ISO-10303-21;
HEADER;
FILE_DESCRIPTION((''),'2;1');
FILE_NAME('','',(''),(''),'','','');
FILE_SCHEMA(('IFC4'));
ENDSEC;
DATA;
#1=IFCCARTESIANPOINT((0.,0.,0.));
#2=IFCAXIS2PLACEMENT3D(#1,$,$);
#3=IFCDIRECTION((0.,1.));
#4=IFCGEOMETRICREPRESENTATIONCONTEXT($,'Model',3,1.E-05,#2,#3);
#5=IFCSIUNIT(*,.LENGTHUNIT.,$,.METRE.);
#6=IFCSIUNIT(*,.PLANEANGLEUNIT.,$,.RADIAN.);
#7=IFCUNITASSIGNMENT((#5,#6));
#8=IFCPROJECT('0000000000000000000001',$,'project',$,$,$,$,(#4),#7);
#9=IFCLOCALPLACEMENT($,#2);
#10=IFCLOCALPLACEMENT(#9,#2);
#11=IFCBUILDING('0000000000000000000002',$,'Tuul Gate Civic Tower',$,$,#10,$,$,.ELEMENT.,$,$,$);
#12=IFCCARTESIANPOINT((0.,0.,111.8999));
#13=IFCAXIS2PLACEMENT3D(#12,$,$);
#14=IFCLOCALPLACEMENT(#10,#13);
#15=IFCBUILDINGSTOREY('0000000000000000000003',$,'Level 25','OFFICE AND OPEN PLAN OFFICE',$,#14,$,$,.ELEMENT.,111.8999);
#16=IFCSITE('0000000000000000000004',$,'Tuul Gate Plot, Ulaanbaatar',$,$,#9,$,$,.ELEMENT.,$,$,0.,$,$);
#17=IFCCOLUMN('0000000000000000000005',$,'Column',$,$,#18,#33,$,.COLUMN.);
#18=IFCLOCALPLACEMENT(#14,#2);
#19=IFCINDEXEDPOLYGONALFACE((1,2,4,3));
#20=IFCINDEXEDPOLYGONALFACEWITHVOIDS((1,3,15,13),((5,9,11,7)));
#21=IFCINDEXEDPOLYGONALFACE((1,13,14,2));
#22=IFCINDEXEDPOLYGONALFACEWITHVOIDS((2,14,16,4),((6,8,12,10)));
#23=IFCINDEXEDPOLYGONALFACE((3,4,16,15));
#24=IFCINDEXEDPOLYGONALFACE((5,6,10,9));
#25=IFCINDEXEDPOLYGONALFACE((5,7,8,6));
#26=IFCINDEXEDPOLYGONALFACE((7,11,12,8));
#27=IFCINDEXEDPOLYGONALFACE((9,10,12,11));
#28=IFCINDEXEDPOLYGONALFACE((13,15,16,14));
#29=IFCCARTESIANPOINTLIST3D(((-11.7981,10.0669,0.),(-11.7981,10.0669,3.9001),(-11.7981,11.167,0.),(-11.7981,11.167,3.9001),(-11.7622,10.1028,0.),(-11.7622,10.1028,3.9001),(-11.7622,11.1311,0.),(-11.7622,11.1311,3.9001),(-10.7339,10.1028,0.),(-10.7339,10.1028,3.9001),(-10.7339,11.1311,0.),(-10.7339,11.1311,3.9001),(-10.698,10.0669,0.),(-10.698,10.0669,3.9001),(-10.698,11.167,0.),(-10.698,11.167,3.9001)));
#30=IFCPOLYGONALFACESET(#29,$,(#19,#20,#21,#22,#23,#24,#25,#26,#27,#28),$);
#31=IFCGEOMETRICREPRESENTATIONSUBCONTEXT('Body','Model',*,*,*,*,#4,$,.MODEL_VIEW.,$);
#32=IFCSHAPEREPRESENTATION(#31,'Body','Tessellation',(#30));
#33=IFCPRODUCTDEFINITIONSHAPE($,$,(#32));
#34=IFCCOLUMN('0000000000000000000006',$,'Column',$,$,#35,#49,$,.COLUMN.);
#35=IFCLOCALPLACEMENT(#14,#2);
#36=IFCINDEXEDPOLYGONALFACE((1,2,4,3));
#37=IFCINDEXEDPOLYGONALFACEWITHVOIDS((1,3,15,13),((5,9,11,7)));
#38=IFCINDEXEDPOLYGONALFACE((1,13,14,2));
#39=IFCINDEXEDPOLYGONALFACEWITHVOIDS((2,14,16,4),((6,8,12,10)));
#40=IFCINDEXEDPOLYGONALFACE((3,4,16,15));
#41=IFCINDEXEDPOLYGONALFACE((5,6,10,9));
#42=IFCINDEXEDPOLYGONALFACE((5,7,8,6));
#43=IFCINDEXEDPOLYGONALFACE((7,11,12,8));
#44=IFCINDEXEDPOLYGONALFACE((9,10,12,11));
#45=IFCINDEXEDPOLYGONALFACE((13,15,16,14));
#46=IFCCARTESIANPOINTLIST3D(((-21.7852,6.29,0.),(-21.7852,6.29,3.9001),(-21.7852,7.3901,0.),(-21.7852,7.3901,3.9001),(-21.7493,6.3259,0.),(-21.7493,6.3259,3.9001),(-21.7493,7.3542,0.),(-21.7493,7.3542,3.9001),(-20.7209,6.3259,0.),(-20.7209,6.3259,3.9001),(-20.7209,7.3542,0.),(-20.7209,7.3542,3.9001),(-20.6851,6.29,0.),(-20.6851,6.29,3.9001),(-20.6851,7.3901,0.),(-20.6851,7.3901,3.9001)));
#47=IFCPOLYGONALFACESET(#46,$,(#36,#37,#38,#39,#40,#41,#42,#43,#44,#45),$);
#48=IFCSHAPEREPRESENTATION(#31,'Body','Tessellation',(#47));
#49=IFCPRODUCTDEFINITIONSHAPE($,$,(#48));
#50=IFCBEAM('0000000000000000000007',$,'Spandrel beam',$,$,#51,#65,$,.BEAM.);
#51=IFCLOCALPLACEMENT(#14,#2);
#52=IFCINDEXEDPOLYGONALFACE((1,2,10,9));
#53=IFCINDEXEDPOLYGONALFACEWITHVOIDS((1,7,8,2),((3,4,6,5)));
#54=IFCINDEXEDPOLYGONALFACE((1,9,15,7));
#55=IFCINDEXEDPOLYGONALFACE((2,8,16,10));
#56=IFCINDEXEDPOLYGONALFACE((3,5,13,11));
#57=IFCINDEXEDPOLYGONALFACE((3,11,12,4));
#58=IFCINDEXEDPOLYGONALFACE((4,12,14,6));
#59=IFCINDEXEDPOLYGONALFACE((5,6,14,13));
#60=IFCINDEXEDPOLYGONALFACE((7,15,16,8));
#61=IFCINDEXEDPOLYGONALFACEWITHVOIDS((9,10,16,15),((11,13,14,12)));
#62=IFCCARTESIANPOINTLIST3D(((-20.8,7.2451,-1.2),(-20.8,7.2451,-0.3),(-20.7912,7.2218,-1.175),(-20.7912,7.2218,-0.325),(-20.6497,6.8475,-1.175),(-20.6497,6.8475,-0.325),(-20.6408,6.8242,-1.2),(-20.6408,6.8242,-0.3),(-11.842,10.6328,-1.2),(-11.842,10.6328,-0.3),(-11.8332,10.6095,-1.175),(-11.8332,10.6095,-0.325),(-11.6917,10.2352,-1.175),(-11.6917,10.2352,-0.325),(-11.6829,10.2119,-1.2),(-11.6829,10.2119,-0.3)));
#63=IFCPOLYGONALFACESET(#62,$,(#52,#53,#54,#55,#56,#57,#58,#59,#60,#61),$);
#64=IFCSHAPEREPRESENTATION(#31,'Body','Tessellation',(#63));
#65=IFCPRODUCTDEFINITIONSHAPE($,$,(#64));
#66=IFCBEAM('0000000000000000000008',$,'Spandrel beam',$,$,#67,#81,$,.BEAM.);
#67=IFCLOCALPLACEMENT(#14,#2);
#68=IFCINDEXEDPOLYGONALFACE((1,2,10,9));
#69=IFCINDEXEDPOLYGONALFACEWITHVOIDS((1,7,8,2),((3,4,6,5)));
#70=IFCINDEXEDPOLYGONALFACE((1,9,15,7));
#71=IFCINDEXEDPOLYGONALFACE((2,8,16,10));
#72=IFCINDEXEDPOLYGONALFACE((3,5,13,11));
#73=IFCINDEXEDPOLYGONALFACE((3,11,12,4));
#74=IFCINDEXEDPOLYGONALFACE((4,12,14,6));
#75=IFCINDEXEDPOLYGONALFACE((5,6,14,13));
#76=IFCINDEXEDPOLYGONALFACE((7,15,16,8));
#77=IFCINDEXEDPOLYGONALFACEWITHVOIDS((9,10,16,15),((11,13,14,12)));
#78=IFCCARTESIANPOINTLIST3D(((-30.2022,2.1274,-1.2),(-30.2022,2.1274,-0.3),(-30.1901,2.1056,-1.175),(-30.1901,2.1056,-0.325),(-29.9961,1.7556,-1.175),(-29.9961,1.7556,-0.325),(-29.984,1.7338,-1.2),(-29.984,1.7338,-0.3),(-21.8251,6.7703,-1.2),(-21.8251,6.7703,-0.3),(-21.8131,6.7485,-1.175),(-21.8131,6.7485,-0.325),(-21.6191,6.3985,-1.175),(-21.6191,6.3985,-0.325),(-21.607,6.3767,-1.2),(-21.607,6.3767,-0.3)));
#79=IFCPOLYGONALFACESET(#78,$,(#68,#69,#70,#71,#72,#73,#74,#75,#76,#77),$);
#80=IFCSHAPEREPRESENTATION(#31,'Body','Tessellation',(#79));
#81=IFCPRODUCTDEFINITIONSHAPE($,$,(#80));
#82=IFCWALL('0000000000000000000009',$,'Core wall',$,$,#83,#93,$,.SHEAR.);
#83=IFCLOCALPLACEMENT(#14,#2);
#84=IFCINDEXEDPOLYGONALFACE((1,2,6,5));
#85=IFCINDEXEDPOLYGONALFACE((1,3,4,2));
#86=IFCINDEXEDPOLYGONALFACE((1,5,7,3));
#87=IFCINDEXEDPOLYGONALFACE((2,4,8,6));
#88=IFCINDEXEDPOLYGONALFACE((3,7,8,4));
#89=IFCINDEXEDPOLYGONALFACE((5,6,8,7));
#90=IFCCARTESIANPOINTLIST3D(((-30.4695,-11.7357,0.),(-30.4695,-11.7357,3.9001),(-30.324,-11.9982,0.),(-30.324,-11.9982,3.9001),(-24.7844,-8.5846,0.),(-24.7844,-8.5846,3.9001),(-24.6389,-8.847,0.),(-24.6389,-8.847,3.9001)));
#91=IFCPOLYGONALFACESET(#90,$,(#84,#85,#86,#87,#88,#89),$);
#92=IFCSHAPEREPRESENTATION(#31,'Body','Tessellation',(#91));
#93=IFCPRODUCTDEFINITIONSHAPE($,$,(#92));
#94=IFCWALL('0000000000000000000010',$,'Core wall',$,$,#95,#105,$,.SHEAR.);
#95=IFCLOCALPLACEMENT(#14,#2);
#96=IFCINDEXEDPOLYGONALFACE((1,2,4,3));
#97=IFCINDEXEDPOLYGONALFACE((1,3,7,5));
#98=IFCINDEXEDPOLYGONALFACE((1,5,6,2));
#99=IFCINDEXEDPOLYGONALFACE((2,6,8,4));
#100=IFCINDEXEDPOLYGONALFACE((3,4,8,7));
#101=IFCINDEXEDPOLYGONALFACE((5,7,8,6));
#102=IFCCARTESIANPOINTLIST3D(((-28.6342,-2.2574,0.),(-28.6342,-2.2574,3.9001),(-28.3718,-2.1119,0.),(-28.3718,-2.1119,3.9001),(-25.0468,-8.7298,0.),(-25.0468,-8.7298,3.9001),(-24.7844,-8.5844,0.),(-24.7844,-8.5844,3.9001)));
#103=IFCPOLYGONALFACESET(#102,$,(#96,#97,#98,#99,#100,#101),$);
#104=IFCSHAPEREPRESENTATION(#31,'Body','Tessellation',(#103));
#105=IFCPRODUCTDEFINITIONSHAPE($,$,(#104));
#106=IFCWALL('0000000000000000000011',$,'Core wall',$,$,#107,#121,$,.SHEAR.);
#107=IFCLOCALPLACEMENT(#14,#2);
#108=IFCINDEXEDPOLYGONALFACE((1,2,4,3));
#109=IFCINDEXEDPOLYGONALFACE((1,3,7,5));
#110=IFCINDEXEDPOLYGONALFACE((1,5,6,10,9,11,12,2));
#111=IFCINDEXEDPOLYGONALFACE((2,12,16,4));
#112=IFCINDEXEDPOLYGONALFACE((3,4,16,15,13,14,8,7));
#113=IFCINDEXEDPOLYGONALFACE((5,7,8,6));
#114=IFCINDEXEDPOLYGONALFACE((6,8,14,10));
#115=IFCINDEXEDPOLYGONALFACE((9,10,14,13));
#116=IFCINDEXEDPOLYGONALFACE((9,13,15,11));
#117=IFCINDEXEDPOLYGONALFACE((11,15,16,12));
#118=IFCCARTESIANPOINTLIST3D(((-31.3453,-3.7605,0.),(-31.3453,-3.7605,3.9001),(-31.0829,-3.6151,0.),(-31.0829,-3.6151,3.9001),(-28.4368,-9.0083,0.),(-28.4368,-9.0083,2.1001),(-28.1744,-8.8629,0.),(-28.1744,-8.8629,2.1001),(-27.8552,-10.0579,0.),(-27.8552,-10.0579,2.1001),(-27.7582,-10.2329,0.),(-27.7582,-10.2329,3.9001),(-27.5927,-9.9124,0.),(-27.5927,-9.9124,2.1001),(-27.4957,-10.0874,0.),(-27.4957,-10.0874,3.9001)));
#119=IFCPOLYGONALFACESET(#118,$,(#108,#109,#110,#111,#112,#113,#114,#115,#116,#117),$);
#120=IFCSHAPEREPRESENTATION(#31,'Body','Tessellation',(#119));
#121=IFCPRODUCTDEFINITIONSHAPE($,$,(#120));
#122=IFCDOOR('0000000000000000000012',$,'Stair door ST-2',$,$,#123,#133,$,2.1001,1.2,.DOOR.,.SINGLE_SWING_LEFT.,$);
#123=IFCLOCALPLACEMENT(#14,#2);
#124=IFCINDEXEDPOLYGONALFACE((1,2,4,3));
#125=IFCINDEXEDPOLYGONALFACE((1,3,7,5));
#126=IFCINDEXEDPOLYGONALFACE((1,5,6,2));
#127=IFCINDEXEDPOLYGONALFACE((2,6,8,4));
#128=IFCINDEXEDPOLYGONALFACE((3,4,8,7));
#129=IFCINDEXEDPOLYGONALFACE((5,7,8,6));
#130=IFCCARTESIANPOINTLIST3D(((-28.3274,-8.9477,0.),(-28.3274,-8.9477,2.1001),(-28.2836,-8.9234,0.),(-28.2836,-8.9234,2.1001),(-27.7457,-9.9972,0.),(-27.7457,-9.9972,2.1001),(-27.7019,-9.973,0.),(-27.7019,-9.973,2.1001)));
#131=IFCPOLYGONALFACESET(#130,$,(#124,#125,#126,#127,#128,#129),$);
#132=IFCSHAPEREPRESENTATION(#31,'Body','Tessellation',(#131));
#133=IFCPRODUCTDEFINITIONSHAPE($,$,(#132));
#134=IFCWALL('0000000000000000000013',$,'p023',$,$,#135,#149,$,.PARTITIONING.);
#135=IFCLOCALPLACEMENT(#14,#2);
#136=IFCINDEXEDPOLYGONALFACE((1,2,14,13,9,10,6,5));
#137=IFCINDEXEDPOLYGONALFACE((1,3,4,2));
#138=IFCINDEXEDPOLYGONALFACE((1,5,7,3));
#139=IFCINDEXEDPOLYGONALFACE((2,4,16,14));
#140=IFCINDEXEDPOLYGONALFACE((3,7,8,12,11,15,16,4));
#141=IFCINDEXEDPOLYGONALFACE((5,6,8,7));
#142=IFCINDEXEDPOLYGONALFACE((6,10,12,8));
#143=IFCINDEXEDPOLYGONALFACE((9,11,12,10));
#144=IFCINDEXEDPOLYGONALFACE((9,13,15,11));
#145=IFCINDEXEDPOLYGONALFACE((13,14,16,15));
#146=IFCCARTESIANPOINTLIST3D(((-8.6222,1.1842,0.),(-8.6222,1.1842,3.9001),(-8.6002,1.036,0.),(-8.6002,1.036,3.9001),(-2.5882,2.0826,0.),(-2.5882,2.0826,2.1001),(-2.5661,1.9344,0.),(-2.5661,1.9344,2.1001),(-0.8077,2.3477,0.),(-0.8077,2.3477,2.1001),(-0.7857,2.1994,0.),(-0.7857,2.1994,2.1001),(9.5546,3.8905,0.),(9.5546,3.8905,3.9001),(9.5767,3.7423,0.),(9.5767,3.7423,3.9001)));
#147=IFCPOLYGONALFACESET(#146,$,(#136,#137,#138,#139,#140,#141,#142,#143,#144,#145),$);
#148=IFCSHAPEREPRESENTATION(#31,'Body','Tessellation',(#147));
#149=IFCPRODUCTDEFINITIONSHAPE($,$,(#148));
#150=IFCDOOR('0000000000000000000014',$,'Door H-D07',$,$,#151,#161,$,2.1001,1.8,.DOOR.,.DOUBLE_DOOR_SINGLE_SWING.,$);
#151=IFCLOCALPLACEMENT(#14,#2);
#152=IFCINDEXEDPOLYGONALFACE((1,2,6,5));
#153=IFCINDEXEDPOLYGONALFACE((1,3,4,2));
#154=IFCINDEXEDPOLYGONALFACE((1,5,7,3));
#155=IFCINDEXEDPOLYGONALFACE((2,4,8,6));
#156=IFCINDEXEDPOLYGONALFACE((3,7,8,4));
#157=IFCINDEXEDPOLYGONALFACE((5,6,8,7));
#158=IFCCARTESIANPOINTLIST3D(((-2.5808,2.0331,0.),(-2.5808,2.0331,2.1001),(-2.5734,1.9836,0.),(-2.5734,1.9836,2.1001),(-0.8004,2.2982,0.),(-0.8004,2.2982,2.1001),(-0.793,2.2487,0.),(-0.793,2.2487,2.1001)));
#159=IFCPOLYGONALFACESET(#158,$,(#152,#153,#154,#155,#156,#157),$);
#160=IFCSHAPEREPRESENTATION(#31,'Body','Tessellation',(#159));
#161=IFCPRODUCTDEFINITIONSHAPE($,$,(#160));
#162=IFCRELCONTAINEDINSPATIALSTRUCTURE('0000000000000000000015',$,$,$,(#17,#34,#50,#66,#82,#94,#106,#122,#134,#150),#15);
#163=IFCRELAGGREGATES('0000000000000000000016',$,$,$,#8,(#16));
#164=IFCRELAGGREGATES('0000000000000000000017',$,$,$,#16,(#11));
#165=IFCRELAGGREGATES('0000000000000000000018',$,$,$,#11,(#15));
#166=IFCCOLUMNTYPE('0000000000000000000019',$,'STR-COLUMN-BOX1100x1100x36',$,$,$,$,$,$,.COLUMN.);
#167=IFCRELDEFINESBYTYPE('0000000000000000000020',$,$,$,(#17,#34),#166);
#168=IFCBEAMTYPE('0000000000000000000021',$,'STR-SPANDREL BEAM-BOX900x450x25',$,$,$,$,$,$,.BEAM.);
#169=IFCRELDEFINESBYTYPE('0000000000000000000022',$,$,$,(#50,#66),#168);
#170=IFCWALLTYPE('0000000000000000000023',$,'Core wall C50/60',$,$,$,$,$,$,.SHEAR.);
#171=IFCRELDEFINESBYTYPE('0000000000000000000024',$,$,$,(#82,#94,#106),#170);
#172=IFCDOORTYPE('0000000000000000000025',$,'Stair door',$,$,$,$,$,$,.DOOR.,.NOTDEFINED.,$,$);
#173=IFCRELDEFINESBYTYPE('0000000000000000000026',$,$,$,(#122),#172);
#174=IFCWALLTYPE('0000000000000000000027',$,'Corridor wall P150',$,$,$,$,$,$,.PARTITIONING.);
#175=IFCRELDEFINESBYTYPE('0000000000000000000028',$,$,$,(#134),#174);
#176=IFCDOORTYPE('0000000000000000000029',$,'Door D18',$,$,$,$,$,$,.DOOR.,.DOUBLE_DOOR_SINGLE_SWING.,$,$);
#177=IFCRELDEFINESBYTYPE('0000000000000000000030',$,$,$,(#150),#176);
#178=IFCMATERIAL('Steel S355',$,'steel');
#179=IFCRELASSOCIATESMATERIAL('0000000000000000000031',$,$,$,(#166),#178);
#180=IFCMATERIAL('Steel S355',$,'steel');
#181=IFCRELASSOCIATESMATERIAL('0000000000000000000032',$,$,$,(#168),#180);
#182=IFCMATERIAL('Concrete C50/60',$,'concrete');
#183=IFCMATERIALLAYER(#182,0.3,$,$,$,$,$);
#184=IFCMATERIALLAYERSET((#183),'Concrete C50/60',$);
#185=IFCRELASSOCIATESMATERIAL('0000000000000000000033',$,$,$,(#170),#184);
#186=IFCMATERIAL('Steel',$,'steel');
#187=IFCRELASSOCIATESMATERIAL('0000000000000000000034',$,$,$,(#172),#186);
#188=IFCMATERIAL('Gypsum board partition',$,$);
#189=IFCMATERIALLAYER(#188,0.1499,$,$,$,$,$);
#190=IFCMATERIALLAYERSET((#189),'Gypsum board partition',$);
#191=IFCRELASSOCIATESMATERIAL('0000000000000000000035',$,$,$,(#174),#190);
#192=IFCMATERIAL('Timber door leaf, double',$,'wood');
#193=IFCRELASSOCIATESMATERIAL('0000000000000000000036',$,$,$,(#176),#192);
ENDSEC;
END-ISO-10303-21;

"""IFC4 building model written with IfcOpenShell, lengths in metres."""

from ifc_helpers import new_model, si_unit, direction, frame, frame_2d, origin, origin_2d, place, context, subcontext, project, spatial, rectangle, hollow_rectangle, extrude, material, layer, layer_set, material_profile, profile_set, type_object, element, fill, save


model = new_model("IFC4")

# Units and contexts
model_context = context("Model", 3, precision=1e-05, world=origin(), true_north=direction((0.0, 1.0)))
body_context = subcontext(model_context, "Body", "Model", "MODEL_VIEW")
ifc_project = project(units=[si_unit("LENGTHUNIT", "METRE"), si_unit("PLANEANGLEUNIT", "RADIAN")], contexts=[model_context])

# Site, building, storey
site_placement = place(None, origin())
site = spatial("IfcSite", under=ifc_project, at=site_placement, Name="Tuul Gate Plot, Ulaanbaatar", CompositionType="ELEMENT", RefElevation=0.0)
building_placement = place(site_placement, origin())
building = spatial("IfcBuilding", under=site, at=building_placement, Name="Tuul Gate Civic Tower", CompositionType="ELEMENT")
storey_placement = place(building_placement, frame((0.0, 0.0, 111.8999)))
storey = spatial("IfcBuildingStorey", under=building, at=storey_placement, Name="Level 25", Description="OFFICE AND OPEN PLAN OFFICE", CompositionType="ELEMENT", Elevation=111.8999)

# Columns
ifc_material_1 = material(Name="Steel S355", Category="steel")
ifc_material_profile_1 = material_profile(ifc_material_1, hollow_rectangle(XDim=1.1001, YDim=1.1001, WallThickness=0.0359, at=origin_2d()), Name="BOX1100x1100x36")
ifc_profile_set_1 = profile_set([ifc_material_profile_1], Name="Steel S355")
column_type = type_object("IfcColumnType", Name="STR-COLUMN-BOX1100x1100x36", PredefinedType="COLUMN", material=ifc_profile_set_1)
for number, where, z_axis, x_axis, name in (
    (1, (-11.248, 10.6169, 0.0), (0.0, 0.0, 1.0), (1.0, 0.0, 0.0), "Column"),
    (2, (-21.2351, 6.8401, 0.0), (0.0, 0.0, 1.0), (1.0, 0.0, 0.0), "Column"),
):
    element("IfcColumn", number, at=place(storey_placement, frame(where, z_axis=z_axis, x_axis=x_axis)), inside=storey, type_object=column_type, Name=name, PredefinedType="COLUMN", context=body_context, shape_type="SweptSolid", body=[
        extrude(hollow_rectangle(XDim=1.1001, YDim=1.1001, WallThickness=0.0359, at=origin_2d()), origin(), (0.0, 0.0, 1.0), 3.9001),
    ])

# Beams
ifc_material_2 = material(Name="Steel S355", Category="steel")
ifc_material_profile_2 = material_profile(ifc_material_2, hollow_rectangle(XDim=0.45, YDim=0.8999, WallThickness=0.0249, at=origin_2d()), Name="BOX900x450x25")
ifc_profile_set_2 = profile_set([ifc_material_profile_2], Name="Steel S355")
beam_type = type_object("IfcBeamType", Name="STR-SPANDREL BEAM-BOX900x450x25", PredefinedType="BEAM", material=ifc_profile_set_2)
beam_1_placement = place(storey_placement, frame((-11.7625, 10.4224, -0.75), z_axis=(-0.935349, -0.353726, 0.0), x_axis=(0.353726, -0.935349, 0.0)))
element("IfcBeam", 3, at=beam_1_placement, inside=storey, type_object=beam_type, Name="Spandrel beam", PredefinedType="BEAM", context=body_context, shape_type="SweptSolid", body=[
    extrude(hollow_rectangle(XDim=0.45, YDim=0.8999, WallThickness=0.0249, at=origin_2d()), origin(), (0.0, 0.0, 1.0), 9.5771),
])
beam_2_placement = place(storey_placement, frame((-21.7161, 6.5735, -0.75), z_axis=(-0.874646, -0.484762, 0.0), x_axis=(0.484762, -0.874646, 0.0)))
element("IfcBeam", 4, at=beam_2_placement, inside=storey, type_object=beam_type, Name="Spandrel beam", PredefinedType="BEAM", context=body_context, shape_type="SweptSolid", body=[
    extrude(hollow_rectangle(XDim=0.45, YDim=0.8999, WallThickness=0.0249, at=origin_2d()), origin(), (0.0, 0.0, 1.0), 9.5776),
])

# Walls
ifc_material_3 = material(Name="Concrete C50/60", Category="concrete")
ifc_layer_1 = layer(ifc_material_3, 0.3)
ifc_layer_set_1 = layer_set([ifc_layer_1], Name="Concrete C50/60")
wall_type_1 = type_object("IfcWallType", Name="Core wall C50/60", PredefinedType="SHEAR", material=ifc_layer_set_1)
wall_1_placement = place(storey_placement, frame((-24.7117, -8.7158, 0.0), z_axis=(0.0, 0.0, 1.0), x_axis=(-0.87463, -0.484791, 0.0)))
element("IfcWall", 5, at=wall_1_placement, inside=storey, type_object=wall_type_1, Name="Core wall", PredefinedType="SHEAR", context=body_context, shape_type="SweptSolid", body=[
    extrude(rectangle(XDim=6.5, YDim=0.3, at=frame_2d((3.25, 0.0))), origin(), (0.0, 0.0, 1.0), 3.9001),
])
wall_2_placement = place(storey_placement, frame((-24.9155, -8.6572, 0.0), z_axis=(0.0, 0.0, 1.0), x_axis=(-0.484777, 0.874638, 0.0)))
element("IfcWall", 6, at=wall_2_placement, inside=storey, type_object=wall_type_1, Name="Core wall", PredefinedType="SHEAR", context=body_context, shape_type="SweptSolid", body=[
    extrude(rectangle(XDim=7.4001, YDim=0.3, at=frame_2d((3.7002, 0.0))), origin(), (0.0, 0.0, 1.0), 3.9001),
])

# Walls, openings, doors
wall_3_placement = place(storey_placement, frame((-27.627, -10.1602, 0.0), z_axis=(0.0, 0.0, 1.0), x_axis=(-0.484752, 0.874652, 0.0)))
wall_3 = element("IfcWall", 7, at=wall_3_placement, inside=storey, type_object=wall_type_1, Name="Core wall", PredefinedType="SHEAR", context=body_context, shape_type="SweptSolid", body=[
    extrude(rectangle(XDim=7.3999, YDim=0.3, at=frame_2d((3.7, 0.0))), origin(), (0.0, 0.0, 1.0), 3.9001),
])
opening_1_placement = place(wall_3_placement, frame((0.2, 0.0, 0.0)))
opening_1 = element("IfcOpeningElement", 8, at=opening_1_placement, cuts=wall_3, PredefinedType="OPENING", context=body_context, shape_type="SweptSolid", body=[
    extrude(rectangle(XDim=1.2, YDim=2.1001, at=frame_2d((0.6001, 1.05))), frame((0.0, 0.1602, 0.0), z_axis=(0.0, -1.0, 0.0), x_axis=(1.0, 0.0, 0.0)), (0.0, 0.0, 1.0), 0.3201),
])
ifc_material_4 = material(Name="Steel", Category="steel")
door_type_1 = type_object("IfcDoorType", Name="Stair door", OperationType="NOTDEFINED", PredefinedType="DOOR", material=ifc_material_4)
door_1_placement = place(opening_1_placement, origin())
door_1 = element("IfcDoor", 9, at=door_1_placement, inside=storey, type_object=door_type_1, Name="Stair door ST-2", OperationType="SINGLE_SWING_LEFT", OverallHeight=2.1001, OverallWidth=1.2, PredefinedType="DOOR", context=body_context, shape_type="SweptSolid", body=[
    extrude(rectangle(XDim=1.2, YDim=2.1001, at=frame_2d((0.6001, 1.05))), frame((0.0, 0.0249, 0.0), z_axis=(0.0, -1.0, 0.0), x_axis=(1.0, 0.0, 0.0)), (0.0, 0.0, 1.0), 0.05),
])
fill(opening_1, door_1)
ifc_material_5 = material(Name="Gypsum board partition")
ifc_layer_2 = layer(ifc_material_5, 0.1499)
ifc_layer_set_2 = layer_set([ifc_layer_2], Name="Gypsum board partition")
wall_type_2 = type_object("IfcWallType", Name="Corridor wall P150", PredefinedType="PARTITIONING", material=ifc_layer_set_2)
wall_4_placement = place(storey_placement, frame((-8.6111, 1.1101, 0.0), z_axis=(0.0, 0.0, 1.0), x_axis=(0.989097, 0.147265, 0.0)))
wall_4 = element("IfcWall", 10, at=wall_4_placement, inside=storey, type_object=wall_type_2, Name="p023", PredefinedType="PARTITIONING", context=body_context, shape_type="SweptSolid", body=[
    extrude(rectangle(XDim=18.3772, YDim=0.1499, at=frame_2d((9.1885, 0.0))), origin(), (0.0, 0.0, 1.0), 3.9001),
])
opening_2_placement = place(wall_4_placement, frame((6.1006, 0.0, 0.0)))
opening_2 = element("IfcOpeningElement", 11, at=opening_2_placement, cuts=wall_4, PredefinedType="OPENING", context=body_context, shape_type="SweptSolid", body=[
    extrude(rectangle(XDim=1.8, YDim=2.1001, at=frame_2d((0.8999, 1.05))), frame((0.0, 0.085, 0.0), z_axis=(0.0, -1.0, 0.0), x_axis=(1.0, 0.0, 0.0)), (0.0, 0.0, 1.0), 0.1699),
])
ifc_material_6 = material(Name="Timber door leaf, double", Category="wood")
door_type_2 = type_object("IfcDoorType", Name="Door D18", OperationType="DOUBLE_DOOR_SINGLE_SWING", PredefinedType="DOOR", material=ifc_material_6)
door_2_placement = place(opening_2_placement, origin())
door_2 = element("IfcDoor", 12, at=door_2_placement, inside=storey, type_object=door_type_2, Name="Door H-D07", OperationType="DOUBLE_DOOR_SINGLE_SWING", OverallHeight=2.1001, OverallWidth=1.8, PredefinedType="DOOR", context=body_context, shape_type="SweptSolid", body=[
    extrude(rectangle(XDim=1.8, YDim=2.1001, at=frame_2d((0.8999, 1.05))), frame((0.0, 0.0249, 0.0), z_axis=(0.0, -1.0, 0.0), x_axis=(1.0, 0.0, 0.0)), (0.0, 0.0, 1.0), 0.05),
])
fill(opening_2, door_2)

save(model, "model.ifc")
